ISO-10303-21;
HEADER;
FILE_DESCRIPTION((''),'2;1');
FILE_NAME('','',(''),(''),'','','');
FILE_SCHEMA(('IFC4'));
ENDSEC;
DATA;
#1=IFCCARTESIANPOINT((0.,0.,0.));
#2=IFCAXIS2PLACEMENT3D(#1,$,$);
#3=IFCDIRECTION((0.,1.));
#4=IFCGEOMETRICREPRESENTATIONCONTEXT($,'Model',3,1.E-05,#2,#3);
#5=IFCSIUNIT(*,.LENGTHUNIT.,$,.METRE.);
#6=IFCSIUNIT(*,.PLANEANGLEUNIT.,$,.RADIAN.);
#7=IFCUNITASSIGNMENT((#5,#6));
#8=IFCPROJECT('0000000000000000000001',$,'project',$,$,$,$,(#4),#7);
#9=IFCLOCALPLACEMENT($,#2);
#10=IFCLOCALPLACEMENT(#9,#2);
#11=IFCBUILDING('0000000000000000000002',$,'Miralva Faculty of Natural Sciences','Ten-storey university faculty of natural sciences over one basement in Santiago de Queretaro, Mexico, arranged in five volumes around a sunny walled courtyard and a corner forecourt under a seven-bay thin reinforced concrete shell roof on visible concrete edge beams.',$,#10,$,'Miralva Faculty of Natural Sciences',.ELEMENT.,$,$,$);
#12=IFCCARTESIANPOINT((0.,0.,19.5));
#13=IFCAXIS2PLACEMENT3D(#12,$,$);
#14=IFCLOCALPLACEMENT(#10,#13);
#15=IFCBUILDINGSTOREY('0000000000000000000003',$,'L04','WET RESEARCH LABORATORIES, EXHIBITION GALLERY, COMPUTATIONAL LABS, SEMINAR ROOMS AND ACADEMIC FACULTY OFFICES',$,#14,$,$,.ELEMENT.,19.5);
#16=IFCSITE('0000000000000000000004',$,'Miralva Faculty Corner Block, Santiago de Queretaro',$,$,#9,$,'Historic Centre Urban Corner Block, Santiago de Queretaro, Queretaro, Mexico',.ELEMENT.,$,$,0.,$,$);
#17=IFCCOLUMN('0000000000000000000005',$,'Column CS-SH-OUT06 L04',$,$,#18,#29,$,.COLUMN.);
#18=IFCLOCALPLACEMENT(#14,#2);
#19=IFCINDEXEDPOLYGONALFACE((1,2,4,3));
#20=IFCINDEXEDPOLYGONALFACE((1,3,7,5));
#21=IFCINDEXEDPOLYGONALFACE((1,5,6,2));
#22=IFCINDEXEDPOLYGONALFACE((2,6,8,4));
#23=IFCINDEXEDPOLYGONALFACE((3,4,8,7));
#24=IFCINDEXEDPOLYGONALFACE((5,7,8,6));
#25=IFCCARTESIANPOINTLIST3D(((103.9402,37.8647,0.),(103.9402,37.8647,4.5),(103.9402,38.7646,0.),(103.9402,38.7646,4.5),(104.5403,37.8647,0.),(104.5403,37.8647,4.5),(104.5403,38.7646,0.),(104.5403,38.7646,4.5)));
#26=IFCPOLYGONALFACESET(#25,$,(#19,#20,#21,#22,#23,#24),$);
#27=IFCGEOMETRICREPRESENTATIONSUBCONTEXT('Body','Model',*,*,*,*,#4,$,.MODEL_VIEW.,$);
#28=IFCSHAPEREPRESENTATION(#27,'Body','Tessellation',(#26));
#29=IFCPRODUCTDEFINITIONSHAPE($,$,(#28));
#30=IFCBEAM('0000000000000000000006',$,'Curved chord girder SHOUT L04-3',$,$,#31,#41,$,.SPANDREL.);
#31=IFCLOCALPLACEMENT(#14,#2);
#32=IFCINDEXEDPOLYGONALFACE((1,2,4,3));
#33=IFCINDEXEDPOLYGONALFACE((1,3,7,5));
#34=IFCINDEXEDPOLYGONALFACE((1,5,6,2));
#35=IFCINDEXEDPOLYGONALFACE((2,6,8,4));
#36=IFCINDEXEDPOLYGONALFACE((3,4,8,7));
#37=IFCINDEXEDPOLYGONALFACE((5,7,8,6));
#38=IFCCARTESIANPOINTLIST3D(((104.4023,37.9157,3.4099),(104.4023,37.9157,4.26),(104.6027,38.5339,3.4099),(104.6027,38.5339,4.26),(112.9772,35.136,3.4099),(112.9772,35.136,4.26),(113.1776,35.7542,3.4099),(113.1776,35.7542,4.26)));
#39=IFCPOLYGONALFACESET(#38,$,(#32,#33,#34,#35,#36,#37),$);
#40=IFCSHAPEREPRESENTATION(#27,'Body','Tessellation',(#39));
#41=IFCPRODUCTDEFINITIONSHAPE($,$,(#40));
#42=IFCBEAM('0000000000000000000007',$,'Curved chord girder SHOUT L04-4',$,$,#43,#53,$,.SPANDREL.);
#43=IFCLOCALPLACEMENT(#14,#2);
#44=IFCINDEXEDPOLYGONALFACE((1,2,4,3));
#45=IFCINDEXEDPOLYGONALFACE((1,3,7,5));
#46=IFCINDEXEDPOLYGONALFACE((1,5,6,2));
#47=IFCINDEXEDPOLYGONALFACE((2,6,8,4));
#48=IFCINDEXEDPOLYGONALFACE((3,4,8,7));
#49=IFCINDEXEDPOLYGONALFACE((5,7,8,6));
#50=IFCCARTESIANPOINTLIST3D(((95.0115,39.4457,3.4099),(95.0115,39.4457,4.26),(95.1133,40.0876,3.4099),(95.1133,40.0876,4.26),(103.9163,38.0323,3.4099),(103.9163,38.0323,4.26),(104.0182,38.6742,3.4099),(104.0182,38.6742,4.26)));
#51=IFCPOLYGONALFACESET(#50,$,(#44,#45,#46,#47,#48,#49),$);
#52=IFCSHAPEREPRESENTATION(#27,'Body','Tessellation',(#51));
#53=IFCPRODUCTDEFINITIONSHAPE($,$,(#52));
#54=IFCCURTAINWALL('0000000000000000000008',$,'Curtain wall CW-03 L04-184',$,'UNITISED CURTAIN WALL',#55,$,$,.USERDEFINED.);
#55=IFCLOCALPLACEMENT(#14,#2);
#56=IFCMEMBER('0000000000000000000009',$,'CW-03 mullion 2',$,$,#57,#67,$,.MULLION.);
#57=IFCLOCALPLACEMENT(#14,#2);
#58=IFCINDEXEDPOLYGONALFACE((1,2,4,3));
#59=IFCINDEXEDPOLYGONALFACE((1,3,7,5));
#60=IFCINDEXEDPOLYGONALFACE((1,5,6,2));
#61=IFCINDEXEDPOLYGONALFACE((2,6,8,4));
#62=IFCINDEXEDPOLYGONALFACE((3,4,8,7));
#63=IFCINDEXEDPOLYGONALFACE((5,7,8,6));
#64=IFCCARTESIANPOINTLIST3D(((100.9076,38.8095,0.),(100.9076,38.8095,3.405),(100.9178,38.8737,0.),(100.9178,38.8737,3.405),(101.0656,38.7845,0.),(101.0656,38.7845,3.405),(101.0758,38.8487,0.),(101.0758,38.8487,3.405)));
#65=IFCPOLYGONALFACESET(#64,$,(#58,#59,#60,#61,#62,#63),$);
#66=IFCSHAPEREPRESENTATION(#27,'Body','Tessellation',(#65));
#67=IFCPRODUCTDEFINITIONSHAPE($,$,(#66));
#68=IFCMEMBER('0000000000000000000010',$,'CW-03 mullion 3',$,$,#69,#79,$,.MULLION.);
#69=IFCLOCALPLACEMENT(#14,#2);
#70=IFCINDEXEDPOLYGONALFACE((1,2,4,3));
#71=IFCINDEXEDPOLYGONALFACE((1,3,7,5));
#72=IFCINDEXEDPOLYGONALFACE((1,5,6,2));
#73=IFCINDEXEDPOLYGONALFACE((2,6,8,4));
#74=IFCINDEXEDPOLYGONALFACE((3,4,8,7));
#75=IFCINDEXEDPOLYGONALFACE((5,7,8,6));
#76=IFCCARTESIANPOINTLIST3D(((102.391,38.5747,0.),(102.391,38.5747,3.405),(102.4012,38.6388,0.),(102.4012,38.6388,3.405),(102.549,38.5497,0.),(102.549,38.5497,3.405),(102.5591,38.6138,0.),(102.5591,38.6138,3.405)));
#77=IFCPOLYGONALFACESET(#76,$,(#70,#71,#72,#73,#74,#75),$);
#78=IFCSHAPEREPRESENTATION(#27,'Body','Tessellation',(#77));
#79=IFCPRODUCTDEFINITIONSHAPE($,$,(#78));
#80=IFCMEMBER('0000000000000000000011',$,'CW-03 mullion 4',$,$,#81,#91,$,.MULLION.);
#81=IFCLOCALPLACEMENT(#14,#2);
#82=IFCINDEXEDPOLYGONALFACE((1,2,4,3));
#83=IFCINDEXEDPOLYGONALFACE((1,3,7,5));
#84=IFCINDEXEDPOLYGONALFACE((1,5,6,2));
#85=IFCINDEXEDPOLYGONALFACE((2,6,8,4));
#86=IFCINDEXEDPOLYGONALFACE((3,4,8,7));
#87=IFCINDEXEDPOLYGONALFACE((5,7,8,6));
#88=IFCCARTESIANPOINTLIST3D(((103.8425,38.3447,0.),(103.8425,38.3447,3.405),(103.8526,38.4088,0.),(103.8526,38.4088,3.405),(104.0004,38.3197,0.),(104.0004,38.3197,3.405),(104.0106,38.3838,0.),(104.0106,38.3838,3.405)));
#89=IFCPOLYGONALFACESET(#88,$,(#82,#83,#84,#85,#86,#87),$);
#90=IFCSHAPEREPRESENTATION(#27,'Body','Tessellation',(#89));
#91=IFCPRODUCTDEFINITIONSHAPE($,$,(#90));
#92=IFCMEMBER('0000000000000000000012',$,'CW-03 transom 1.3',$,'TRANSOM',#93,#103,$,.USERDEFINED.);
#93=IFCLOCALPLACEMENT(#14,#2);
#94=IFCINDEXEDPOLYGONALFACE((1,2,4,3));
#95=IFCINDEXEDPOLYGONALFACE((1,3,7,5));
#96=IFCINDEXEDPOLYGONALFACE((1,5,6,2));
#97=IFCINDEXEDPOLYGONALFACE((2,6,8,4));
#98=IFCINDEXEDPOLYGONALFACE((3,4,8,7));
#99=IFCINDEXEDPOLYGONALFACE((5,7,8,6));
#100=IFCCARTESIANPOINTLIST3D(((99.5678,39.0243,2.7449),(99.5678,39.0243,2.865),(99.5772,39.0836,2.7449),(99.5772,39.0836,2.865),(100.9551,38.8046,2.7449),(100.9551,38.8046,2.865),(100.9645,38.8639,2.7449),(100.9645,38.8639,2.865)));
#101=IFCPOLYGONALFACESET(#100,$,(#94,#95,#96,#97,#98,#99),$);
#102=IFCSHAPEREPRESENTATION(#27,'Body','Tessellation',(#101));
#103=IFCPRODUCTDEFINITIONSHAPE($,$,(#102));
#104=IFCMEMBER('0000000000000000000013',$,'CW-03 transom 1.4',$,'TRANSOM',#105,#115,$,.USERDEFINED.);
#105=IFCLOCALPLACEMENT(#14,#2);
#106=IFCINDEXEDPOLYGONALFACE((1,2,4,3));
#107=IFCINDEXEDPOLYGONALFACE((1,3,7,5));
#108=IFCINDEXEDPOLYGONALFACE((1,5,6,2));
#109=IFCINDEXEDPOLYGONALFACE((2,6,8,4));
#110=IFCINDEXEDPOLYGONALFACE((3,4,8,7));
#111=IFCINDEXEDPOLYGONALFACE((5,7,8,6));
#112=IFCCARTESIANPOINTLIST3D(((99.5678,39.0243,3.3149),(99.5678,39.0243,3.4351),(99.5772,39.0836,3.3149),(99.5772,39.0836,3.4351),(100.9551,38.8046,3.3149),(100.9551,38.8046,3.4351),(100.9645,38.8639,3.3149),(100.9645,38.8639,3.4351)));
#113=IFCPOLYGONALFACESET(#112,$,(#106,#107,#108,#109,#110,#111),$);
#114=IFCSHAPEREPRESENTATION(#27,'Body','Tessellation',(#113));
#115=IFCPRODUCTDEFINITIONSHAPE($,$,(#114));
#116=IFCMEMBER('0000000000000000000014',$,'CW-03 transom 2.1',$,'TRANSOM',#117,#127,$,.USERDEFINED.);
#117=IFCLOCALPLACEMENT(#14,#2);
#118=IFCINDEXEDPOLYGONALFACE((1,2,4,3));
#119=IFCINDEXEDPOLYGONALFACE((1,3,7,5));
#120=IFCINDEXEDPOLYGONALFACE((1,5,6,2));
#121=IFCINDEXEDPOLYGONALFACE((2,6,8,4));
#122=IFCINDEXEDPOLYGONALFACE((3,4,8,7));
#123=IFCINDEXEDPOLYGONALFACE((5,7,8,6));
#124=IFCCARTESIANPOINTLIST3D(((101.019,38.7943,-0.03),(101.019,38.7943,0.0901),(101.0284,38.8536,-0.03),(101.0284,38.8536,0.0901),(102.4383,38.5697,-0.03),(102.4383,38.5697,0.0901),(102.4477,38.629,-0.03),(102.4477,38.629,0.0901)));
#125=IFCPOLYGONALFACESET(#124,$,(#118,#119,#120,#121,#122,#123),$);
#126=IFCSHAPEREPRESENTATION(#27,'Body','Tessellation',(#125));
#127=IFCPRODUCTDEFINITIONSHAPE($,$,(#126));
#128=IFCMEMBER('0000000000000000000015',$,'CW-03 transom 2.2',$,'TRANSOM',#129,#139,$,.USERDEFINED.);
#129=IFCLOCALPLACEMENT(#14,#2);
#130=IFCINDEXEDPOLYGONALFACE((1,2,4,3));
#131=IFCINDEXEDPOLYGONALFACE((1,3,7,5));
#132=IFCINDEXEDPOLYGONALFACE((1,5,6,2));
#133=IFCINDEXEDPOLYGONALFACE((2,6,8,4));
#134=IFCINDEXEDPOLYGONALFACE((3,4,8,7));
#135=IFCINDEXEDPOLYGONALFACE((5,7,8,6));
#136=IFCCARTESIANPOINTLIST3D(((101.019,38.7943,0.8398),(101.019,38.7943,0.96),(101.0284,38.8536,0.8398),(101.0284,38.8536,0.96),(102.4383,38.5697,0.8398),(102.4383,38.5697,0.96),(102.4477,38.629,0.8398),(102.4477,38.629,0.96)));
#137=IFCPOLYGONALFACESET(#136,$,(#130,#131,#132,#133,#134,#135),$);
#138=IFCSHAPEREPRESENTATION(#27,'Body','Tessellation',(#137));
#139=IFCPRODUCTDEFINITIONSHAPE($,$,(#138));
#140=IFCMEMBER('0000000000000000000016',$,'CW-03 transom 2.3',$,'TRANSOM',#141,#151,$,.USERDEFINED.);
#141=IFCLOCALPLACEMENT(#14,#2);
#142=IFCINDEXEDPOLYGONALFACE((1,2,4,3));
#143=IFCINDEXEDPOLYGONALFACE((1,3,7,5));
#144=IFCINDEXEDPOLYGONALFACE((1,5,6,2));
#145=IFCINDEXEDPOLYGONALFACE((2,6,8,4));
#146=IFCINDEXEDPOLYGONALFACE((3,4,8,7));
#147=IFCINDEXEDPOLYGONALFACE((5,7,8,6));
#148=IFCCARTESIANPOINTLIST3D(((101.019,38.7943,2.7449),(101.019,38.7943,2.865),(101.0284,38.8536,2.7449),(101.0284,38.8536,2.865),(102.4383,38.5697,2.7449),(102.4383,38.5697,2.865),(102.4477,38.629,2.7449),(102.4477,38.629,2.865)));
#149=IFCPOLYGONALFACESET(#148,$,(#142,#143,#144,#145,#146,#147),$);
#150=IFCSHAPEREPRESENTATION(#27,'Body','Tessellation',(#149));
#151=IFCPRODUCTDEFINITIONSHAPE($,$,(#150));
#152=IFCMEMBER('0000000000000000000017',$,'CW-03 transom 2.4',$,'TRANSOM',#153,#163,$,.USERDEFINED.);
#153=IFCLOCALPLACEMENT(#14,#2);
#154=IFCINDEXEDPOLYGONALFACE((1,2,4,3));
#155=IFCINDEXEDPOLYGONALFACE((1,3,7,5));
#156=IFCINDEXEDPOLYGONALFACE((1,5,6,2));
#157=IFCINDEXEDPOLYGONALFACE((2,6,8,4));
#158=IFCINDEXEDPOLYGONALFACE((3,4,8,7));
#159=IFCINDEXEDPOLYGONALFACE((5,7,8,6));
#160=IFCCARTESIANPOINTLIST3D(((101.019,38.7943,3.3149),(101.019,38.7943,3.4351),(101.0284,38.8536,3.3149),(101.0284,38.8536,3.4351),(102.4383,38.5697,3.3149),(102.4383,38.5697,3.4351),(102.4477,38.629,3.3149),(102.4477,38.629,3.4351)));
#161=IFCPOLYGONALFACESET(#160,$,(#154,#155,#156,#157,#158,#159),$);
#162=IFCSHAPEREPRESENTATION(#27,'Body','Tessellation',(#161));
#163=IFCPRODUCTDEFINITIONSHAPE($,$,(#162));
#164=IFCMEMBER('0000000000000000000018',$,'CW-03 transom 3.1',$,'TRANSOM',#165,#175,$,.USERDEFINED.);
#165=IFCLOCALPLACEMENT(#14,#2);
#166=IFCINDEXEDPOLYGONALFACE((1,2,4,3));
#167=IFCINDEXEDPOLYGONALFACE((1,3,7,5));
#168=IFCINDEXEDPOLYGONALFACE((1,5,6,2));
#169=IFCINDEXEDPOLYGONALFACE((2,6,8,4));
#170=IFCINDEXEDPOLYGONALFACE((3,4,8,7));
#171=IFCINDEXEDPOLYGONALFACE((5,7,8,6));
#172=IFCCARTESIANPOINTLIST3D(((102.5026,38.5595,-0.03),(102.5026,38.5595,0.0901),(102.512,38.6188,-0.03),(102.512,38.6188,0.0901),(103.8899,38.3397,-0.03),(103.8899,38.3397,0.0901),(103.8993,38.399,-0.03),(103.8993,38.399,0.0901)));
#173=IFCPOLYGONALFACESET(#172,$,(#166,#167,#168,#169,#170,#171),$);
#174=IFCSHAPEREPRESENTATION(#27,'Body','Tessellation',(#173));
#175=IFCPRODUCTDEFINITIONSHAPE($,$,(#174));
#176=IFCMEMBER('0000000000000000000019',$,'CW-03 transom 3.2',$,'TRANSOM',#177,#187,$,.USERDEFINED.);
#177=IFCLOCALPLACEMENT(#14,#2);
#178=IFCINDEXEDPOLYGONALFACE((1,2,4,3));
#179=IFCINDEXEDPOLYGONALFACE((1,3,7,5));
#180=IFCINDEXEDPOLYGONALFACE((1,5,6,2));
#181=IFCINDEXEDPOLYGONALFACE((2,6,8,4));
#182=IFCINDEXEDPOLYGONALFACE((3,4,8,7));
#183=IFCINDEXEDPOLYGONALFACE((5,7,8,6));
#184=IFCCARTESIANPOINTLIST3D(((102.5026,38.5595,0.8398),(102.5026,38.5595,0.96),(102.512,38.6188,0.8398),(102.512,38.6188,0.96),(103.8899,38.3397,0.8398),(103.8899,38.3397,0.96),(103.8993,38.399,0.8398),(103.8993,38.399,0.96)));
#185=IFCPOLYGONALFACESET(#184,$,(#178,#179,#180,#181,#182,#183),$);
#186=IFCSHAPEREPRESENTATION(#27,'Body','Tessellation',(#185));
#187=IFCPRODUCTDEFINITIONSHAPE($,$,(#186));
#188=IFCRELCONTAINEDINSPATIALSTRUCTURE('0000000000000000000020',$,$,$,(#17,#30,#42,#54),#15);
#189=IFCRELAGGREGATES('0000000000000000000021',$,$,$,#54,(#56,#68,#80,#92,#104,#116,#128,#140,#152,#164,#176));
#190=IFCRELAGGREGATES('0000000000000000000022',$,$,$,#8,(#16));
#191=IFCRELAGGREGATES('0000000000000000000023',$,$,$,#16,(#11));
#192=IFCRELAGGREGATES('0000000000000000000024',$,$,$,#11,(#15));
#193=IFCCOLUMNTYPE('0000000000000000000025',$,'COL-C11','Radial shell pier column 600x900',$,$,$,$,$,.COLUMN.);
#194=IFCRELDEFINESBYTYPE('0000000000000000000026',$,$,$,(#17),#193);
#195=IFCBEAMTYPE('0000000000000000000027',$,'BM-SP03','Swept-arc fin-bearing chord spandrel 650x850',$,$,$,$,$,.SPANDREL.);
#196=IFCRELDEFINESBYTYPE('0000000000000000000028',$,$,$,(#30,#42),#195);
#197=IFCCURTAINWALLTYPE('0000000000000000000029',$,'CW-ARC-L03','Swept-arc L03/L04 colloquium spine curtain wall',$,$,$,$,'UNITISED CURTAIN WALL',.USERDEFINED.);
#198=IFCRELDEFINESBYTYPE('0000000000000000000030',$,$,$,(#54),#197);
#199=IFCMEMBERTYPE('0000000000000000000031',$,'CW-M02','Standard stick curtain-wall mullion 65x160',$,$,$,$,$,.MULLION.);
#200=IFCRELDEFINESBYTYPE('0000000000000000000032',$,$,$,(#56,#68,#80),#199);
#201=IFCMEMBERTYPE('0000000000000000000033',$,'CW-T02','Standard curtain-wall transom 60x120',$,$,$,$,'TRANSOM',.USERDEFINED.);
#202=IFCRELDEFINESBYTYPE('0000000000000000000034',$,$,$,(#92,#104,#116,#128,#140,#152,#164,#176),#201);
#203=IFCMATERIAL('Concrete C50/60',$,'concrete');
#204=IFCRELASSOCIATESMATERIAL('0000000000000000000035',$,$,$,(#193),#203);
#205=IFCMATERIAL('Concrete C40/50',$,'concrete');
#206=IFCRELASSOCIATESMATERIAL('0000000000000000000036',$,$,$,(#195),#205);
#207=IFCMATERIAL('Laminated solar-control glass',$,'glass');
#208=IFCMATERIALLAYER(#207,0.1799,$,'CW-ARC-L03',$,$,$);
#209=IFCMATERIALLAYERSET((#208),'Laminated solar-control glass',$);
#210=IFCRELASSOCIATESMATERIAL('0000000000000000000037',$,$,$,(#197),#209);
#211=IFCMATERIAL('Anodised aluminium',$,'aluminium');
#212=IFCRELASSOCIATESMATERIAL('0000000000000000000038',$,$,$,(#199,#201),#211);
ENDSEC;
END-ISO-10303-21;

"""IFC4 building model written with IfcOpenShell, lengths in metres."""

from ifc_helpers import new_model, si_unit, direction, frame, origin, origin_2d, place, context, subcontext, project, spatial, rectangle, extrude, material, layer, layer_set, material_profile, profile_set, type_object, element, aggregate, save


model = new_model("IFC4")

# Units and contexts
model_context = context("Model", 3, precision=1e-05, world=origin(), true_north=direction((0.0, 1.0)))
body_context = subcontext(model_context, "Body", "Model", "MODEL_VIEW")
ifc_project = project(units=[si_unit("LENGTHUNIT", "METRE"), si_unit("PLANEANGLEUNIT", "RADIAN")], contexts=[model_context])

# Site, building, storey
site_placement = place(None, origin())
site = spatial("IfcSite", under=ifc_project, at=site_placement, Name="Miralva Faculty Corner Block, Santiago de Queretaro", LongName="Historic Centre Urban Corner Block, Santiago de Queretaro, Queretaro, Mexico", CompositionType="ELEMENT", RefElevation=0.0)
building_placement = place(site_placement, origin())
building = spatial("IfcBuilding", under=site, at=building_placement, Name="Miralva Faculty of Natural Sciences", Description="Ten-storey university faculty of natural sciences over one basement in Santiago de Queretaro, Mexico, arranged in five volumes around a sunny walled courtyard and a corner forecourt under a seven-bay thin reinforced concrete shell roof on visible concrete edge beams.", LongName="Miralva Faculty of Natural Sciences", CompositionType="ELEMENT")
storey_placement = place(building_placement, frame((0.0, 0.0, 19.5)))
storey = spatial("IfcBuildingStorey", under=building, at=storey_placement, Name="L04", Description="WET RESEARCH LABORATORIES, EXHIBITION GALLERY, COMPUTATIONAL LABS, SEMINAR ROOMS AND ACADEMIC FACULTY OFFICES", CompositionType="ELEMENT", Elevation=19.5)

# Column
ifc_material_1 = material(Name="Concrete C50/60", Category="concrete")
ifc_material_profile_1 = material_profile(ifc_material_1, rectangle(XDim=0.6001, YDim=0.8999, at=origin_2d()), Name="RC 600x900")
ifc_profile_set_1 = profile_set([ifc_material_profile_1], Name="Concrete C50/60")
column_type = type_object("IfcColumnType", Name="COL-C11", Description="Radial shell pier column 600x900", PredefinedType="COLUMN", material=ifc_profile_set_1)
column_placement = place(storey_placement, frame((104.2402, 38.3147, 0.0), z_axis=(0.0, 0.0, 1.0), x_axis=(1.0, 0.0, 0.0)))
element("IfcColumn", 1, at=column_placement, inside=storey, type_object=column_type, Name="Column CS-SH-OUT06 L04", PredefinedType="COLUMN", context=body_context, shape_type="SweptSolid", body=[
    extrude(rectangle(XDim=0.6001, YDim=0.8999, at=origin_2d()), origin(), (0.0, 0.0, 1.0), 4.5),
])

# Beams
ifc_material_2 = material(Name="Concrete C40/50", Category="concrete")
ifc_material_profile_2 = material_profile(ifc_material_2, rectangle(XDim=0.6499, YDim=0.8501, at=origin_2d()), Name="RC 650x850")
ifc_profile_set_2 = profile_set([ifc_material_profile_2], Name="Concrete C40/50")
beam_type = type_object("IfcBeamType", Name="BM-SP03", Description="Swept-arc fin-bearing chord spandrel 650x850", PredefinedType="SPANDREL", material=ifc_profile_set_2)
beam_1_placement = place(storey_placement, frame((113.0774, 35.4451, 3.835), z_axis=(-0.951264, 0.308376, 0.0), x_axis=(-0.308376, -0.951264, 0.0)))
element("IfcBeam", 2, at=beam_1_placement, inside=storey, type_object=beam_type, Name="Curved chord girder SHOUT L04-3", PredefinedType="SPANDREL", context=body_context, shape_type="SweptSolid", body=[
    extrude(rectangle(XDim=0.6499, YDim=0.8501, at=origin_2d()), origin(), (0.0, 0.0, 1.0), 9.0142),
])
beam_2_placement = place(storey_placement, frame((103.9673, 38.3533, 3.835), z_axis=(-0.987638, 0.156754, 0.0), x_axis=(-0.156754, -0.987638, 0.0)))
element("IfcBeam", 3, at=beam_2_placement, inside=storey, type_object=beam_type, Name="Curved chord girder SHOUT L04-4", PredefinedType="SPANDREL", context=body_context, shape_type="SweptSolid", body=[
    extrude(rectangle(XDim=0.6499, YDim=0.8501, at=origin_2d()), origin(), (0.0, 0.0, 1.0), 9.0164),
])

# Curtain wall, members
ifc_material_3 = material(Name="Laminated solar-control glass", Category="glass")
ifc_layer_1 = layer(ifc_material_3, 0.1799, Name="CW-ARC-L03")
ifc_layer_set_1 = layer_set([ifc_layer_1], Name="Laminated solar-control glass")
curtain_wall_type = type_object("IfcCurtainWallType", Name="CW-ARC-L03", Description="Swept-arc L03/L04 colloquium spine curtain wall", ElementType="UNITISED CURTAIN WALL", PredefinedType="USERDEFINED", material=ifc_layer_set_1)
curtain_wall_placement = place(storey_placement, origin())
curtain_wall = element("IfcCurtainWall", 4, at=curtain_wall_placement, inside=storey, type_object=curtain_wall_type, Name="Curtain wall CW-03 L04-184", ObjectType="UNITISED CURTAIN WALL", PredefinedType="USERDEFINED")
ifc_material_4 = material(Name="Anodised aluminium", Category="aluminium")
ifc_material_profile_3 = material_profile(ifc_material_4, rectangle(XDim=0.0649, YDim=0.1599, at=origin_2d()), Name="MULLION 65x160")
ifc_profile_set_3 = profile_set([ifc_material_profile_3], Name="Anodised aluminium")
member_type_1 = type_object("IfcMemberType", Name="CW-M02", Description="Standard stick curtain-wall mullion 65x160", PredefinedType="MULLION", material=ifc_profile_set_3)
member_1_placement = place(storey_placement, frame((100.9917, 38.8291, 0.0), z_axis=(0.0, 0.0, 1.0), x_axis=(0.156437, 0.987688, 0.0)))
member_1 = element("IfcMember", 5, at=member_1_placement, type_object=member_type_1, Name="CW-03 mullion 2", PredefinedType="MULLION", context=body_context, shape_type="SweptSolid", body=[
    extrude(rectangle(XDim=0.0649, YDim=0.1599, at=origin_2d()), origin(), (0.0, 0.0, 1.0), 3.405),
])
member_2_placement = place(storey_placement, frame((102.4751, 38.5942, 0.0), z_axis=(0.0, 0.0, 1.0), x_axis=(0.156437, 0.987688, 0.0)))
member_2 = element("IfcMember", 6, at=member_2_placement, type_object=member_type_1, Name="CW-03 mullion 3", PredefinedType="MULLION", context=body_context, shape_type="SweptSolid", body=[
    extrude(rectangle(XDim=0.0649, YDim=0.1599, at=origin_2d()), origin(), (0.0, 0.0, 1.0), 3.405),
])
member_3_placement = place(storey_placement, frame((103.9265, 38.3643, 0.0), z_axis=(0.0, 0.0, 1.0), x_axis=(0.156437, 0.987688, 0.0)))
member_3 = element("IfcMember", 7, at=member_3_placement, type_object=member_type_1, Name="CW-03 mullion 4", PredefinedType="MULLION", context=body_context, shape_type="SweptSolid", body=[
    extrude(rectangle(XDim=0.0649, YDim=0.1599, at=origin_2d()), origin(), (0.0, 0.0, 1.0), 3.405),
])
ifc_material_profile_4 = material_profile(ifc_material_4, rectangle(XDim=0.0601, YDim=0.1201, at=origin_2d()), Name="TRANSOM 60x120")
ifc_profile_set_4 = profile_set([ifc_material_profile_4], Name="Anodised aluminium")
member_type_2 = type_object("IfcMemberType", Name="CW-T02", Description="Standard curtain-wall transom 60x120", ElementType="TRANSOM", PredefinedType="USERDEFINED", material=ifc_profile_set_4)
member_4_placement = place(storey_placement, frame((99.5725, 39.054, 2.8049), z_axis=(0.987687, -0.156445, 0.0), x_axis=(0.156445, 0.987687, 0.0)))
member_4 = element("IfcMember", 8, at=member_4_placement, type_object=member_type_2, Name="CW-03 transom 1.3", ObjectType="TRANSOM", PredefinedType="USERDEFINED", context=body_context, shape_type="SweptSolid", body=[
    extrude(rectangle(XDim=0.0601, YDim=0.1201, at=origin_2d()), origin(), (0.0, 0.0, 1.0), 1.4045),
])
member_5_placement = place(storey_placement, frame((99.5725, 39.054, 3.375), z_axis=(0.987687, -0.156445, 0.0), x_axis=(0.156445, 0.987687, 0.0)))
member_5 = element("IfcMember", 9, at=member_5_placement, type_object=member_type_2, Name="CW-03 transom 1.4", ObjectType="TRANSOM", PredefinedType="USERDEFINED", context=body_context, shape_type="SweptSolid", body=[
    extrude(rectangle(XDim=0.0601, YDim=0.1201, at=origin_2d()), origin(), (0.0, 0.0, 1.0), 1.4045),
])
member_6_placement = place(storey_placement, frame((101.0237, 38.824, 0.03), z_axis=(0.987711, -0.156294, 0.0), x_axis=(0.156294, 0.987711, 0.0)))
member_6 = element("IfcMember", 10, at=member_6_placement, type_object=member_type_2, Name="CW-03 transom 2.1", ObjectType="TRANSOM", PredefinedType="USERDEFINED", context=body_context, shape_type="SweptSolid", body=[
    extrude(rectangle(XDim=0.0601, YDim=0.1201, at=origin_2d()), origin(), (0.0, 0.0, 1.0), 1.437),
])
member_7_placement = place(storey_placement, frame((101.0237, 38.824, 0.8999), z_axis=(0.987711, -0.156294, 0.0), x_axis=(0.156294, 0.987711, 0.0)))
member_7 = element("IfcMember", 11, at=member_7_placement, type_object=member_type_2, Name="CW-03 transom 2.2", ObjectType="TRANSOM", PredefinedType="USERDEFINED", context=body_context, shape_type="SweptSolid", body=[
    extrude(rectangle(XDim=0.0601, YDim=0.1201, at=origin_2d()), origin(), (0.0, 0.0, 1.0), 1.437),
])
member_8_placement = place(storey_placement, frame((101.0237, 38.824, 2.8049), z_axis=(0.987711, -0.156294, 0.0), x_axis=(0.156294, 0.987711, 0.0)))
member_8 = element("IfcMember", 12, at=member_8_placement, type_object=member_type_2, Name="CW-03 transom 2.3", ObjectType="TRANSOM", PredefinedType="USERDEFINED", context=body_context, shape_type="SweptSolid", body=[
    extrude(rectangle(XDim=0.0601, YDim=0.1201, at=origin_2d()), origin(), (0.0, 0.0, 1.0), 1.437),
])
member_9_placement = place(storey_placement, frame((101.0237, 38.824, 3.375), z_axis=(0.987711, -0.156294, 0.0), x_axis=(0.156294, 0.987711, 0.0)))
member_9 = element("IfcMember", 13, at=member_9_placement, type_object=member_type_2, Name="CW-03 transom 2.4", ObjectType="TRANSOM", PredefinedType="USERDEFINED", context=body_context, shape_type="SweptSolid", body=[
    extrude(rectangle(XDim=0.0601, YDim=0.1201, at=origin_2d()), origin(), (0.0, 0.0, 1.0), 1.437),
])
member_10_placement = place(storey_placement, frame((102.5073, 38.5891, 0.03), z_axis=(0.987687, -0.156445, 0.0), x_axis=(0.156445, 0.987687, 0.0)))
member_10 = element("IfcMember", 14, at=member_10_placement, type_object=member_type_2, Name="CW-03 transom 3.1", ObjectType="TRANSOM", PredefinedType="USERDEFINED", context=body_context, shape_type="SweptSolid", body=[
    extrude(rectangle(XDim=0.0601, YDim=0.1201, at=origin_2d()), origin(), (0.0, 0.0, 1.0), 1.4045),
])
member_11_placement = place(storey_placement, frame((102.5073, 38.5891, 0.8999), z_axis=(0.987687, -0.156445, 0.0), x_axis=(0.156445, 0.987687, 0.0)))
member_11 = element("IfcMember", 15, at=member_11_placement, type_object=member_type_2, Name="CW-03 transom 3.2", ObjectType="TRANSOM", PredefinedType="USERDEFINED", context=body_context, shape_type="SweptSolid", body=[
    extrude(rectangle(XDim=0.0601, YDim=0.1201, at=origin_2d()), origin(), (0.0, 0.0, 1.0), 1.4045),
])
aggregate(curtain_wall, [member_1, member_2, member_3, member_4, member_5, member_6, member_7, member_8, member_9, member_10, member_11])

save(model, "model.ifc")
